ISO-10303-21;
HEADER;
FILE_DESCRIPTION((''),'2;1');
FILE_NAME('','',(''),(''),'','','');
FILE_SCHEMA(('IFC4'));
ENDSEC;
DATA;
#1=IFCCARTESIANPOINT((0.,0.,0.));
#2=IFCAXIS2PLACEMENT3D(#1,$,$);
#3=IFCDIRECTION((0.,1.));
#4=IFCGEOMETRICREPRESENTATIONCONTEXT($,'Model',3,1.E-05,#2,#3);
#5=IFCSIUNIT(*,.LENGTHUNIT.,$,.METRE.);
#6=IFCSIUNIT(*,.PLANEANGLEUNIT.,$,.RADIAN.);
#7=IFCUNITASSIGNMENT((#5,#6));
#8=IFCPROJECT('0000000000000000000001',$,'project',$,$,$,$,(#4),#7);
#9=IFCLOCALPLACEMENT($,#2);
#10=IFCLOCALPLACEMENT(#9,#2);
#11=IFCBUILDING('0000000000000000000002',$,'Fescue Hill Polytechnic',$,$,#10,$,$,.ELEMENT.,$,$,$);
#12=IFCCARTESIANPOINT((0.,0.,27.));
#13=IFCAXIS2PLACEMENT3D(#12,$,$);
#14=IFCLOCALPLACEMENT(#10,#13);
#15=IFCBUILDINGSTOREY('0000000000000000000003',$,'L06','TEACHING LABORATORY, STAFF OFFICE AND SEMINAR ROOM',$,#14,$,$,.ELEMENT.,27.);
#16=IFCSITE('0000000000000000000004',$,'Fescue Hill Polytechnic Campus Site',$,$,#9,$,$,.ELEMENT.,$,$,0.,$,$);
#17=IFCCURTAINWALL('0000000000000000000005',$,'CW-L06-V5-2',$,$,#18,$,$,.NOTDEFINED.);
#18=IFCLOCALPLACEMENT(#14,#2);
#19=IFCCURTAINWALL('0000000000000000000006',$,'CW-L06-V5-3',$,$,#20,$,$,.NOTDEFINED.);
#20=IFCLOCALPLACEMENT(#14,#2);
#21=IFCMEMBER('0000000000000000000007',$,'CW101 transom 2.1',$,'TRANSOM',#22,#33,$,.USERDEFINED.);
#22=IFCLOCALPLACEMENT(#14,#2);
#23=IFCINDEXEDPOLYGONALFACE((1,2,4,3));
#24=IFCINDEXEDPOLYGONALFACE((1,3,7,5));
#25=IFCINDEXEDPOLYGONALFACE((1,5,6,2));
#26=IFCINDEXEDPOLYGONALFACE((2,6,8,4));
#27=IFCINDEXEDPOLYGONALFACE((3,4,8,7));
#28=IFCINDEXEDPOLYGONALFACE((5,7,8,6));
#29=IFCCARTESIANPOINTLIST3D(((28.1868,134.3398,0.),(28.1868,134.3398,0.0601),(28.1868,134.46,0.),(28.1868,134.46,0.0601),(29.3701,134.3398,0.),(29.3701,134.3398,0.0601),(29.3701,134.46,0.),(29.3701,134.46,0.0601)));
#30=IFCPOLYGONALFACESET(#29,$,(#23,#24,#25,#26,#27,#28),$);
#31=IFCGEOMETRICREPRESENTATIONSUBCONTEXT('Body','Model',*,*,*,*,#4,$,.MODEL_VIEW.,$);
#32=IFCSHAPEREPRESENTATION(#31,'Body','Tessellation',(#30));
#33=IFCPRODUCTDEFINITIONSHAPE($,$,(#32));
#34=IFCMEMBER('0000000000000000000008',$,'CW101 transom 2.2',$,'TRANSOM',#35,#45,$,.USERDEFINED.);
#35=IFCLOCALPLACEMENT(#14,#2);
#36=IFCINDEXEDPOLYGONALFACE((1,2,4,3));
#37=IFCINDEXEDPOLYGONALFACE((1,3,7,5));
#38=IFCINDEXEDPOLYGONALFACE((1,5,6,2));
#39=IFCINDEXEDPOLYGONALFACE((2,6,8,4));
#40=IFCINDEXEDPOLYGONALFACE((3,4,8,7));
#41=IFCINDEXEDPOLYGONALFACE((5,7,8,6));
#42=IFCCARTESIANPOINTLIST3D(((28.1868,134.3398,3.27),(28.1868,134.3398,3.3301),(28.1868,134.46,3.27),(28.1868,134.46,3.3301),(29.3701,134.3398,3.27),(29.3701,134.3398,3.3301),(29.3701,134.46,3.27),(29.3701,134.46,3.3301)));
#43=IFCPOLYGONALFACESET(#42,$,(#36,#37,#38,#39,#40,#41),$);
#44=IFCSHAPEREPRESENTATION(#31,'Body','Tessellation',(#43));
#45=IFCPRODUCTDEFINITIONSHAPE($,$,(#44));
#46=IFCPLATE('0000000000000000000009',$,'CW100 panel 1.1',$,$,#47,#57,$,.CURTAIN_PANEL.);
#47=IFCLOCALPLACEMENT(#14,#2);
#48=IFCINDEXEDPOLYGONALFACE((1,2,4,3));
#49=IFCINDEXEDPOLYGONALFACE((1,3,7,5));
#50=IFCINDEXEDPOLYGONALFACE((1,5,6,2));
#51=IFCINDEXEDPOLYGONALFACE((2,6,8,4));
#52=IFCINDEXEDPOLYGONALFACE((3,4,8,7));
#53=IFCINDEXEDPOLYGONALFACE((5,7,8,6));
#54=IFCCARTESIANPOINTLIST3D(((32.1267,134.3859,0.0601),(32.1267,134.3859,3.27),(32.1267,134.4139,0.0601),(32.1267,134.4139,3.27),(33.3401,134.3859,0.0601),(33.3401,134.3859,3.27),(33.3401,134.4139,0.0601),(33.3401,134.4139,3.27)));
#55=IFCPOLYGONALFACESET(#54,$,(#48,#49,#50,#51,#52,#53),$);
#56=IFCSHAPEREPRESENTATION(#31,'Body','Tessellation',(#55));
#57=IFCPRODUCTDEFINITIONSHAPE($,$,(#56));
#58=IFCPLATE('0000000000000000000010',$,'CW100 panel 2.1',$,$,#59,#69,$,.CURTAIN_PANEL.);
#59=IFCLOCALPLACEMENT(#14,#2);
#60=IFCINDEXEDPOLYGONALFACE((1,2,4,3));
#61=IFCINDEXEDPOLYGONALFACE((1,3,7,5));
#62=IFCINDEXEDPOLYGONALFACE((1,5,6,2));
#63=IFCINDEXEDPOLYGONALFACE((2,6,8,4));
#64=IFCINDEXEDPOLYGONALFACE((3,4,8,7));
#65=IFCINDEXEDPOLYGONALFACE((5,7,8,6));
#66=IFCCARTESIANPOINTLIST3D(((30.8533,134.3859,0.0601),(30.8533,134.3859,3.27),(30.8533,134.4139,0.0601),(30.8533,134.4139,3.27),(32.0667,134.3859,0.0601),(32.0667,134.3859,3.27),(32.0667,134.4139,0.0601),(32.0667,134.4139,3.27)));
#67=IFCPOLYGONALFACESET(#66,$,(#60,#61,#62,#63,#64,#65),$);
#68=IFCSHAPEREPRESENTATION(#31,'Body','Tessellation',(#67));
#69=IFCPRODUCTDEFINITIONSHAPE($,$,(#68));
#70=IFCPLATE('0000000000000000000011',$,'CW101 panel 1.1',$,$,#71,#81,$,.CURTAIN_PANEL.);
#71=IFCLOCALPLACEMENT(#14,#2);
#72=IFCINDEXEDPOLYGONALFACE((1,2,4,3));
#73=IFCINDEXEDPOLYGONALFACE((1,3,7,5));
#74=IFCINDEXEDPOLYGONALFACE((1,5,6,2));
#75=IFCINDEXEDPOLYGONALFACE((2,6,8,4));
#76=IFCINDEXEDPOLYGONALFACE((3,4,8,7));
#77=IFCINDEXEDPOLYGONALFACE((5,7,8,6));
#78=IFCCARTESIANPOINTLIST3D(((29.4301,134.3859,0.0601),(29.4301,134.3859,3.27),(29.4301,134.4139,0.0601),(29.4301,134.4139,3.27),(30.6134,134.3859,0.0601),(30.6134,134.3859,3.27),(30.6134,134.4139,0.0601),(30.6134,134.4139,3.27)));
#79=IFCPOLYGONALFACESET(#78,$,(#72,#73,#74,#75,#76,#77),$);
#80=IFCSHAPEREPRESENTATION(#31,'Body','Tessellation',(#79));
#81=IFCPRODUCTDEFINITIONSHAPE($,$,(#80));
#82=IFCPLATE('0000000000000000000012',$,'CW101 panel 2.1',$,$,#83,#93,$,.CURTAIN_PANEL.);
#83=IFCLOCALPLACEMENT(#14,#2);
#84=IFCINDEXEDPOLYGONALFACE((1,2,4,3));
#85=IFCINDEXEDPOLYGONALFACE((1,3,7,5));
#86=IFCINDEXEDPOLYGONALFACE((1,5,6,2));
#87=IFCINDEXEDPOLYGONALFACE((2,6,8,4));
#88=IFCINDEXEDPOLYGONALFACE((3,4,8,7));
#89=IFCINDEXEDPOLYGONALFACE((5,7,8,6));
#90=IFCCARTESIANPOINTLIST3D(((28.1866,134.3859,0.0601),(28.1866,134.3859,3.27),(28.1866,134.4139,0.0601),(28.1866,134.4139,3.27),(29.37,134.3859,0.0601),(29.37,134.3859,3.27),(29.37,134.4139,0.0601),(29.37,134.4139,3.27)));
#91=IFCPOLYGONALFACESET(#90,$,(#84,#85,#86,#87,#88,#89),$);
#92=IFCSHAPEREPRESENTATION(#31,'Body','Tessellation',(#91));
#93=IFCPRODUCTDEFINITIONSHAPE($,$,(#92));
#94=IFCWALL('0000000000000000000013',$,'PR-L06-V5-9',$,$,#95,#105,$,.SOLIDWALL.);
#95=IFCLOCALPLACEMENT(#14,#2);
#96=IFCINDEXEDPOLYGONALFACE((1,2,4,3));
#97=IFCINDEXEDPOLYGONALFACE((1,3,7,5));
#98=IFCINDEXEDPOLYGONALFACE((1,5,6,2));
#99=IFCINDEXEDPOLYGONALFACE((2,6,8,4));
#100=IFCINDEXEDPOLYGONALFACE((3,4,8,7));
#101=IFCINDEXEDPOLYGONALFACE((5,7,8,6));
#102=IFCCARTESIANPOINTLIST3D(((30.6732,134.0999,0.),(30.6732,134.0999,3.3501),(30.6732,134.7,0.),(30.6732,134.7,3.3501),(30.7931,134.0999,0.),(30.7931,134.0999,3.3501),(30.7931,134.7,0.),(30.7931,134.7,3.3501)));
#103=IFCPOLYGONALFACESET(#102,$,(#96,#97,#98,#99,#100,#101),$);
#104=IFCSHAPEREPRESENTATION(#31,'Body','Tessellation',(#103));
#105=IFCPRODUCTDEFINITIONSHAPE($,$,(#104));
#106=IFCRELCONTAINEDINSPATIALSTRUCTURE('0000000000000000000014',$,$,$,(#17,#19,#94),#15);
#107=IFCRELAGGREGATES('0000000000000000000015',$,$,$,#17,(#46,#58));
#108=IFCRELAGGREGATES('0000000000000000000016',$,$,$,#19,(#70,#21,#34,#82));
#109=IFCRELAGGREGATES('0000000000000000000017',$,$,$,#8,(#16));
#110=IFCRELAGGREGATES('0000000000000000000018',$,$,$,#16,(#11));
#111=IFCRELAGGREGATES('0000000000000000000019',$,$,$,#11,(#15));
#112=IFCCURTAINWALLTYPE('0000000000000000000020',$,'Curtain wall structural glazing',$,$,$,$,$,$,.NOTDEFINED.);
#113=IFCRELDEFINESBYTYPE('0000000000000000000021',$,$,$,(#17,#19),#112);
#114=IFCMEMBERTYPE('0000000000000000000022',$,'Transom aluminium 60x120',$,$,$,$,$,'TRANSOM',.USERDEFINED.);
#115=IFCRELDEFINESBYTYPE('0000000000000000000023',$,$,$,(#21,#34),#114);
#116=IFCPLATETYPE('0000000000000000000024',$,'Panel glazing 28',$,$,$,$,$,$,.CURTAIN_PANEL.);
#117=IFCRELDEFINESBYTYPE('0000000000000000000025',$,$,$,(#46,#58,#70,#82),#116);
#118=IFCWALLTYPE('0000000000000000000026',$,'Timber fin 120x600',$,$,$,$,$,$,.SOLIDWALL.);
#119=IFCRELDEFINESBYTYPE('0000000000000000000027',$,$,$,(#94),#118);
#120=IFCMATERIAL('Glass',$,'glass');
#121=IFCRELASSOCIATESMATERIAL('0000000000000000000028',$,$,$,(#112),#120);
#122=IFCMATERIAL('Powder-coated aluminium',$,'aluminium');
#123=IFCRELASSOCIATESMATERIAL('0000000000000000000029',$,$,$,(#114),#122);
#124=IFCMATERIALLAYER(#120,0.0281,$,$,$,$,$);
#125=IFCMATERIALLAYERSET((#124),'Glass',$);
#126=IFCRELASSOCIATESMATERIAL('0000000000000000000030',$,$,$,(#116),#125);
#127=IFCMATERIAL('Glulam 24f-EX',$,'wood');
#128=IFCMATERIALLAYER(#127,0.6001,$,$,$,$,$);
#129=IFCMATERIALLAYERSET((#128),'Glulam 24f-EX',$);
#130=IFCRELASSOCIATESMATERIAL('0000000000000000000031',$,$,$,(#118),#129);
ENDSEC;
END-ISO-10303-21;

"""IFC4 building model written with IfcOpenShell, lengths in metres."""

from ifc_helpers import new_model, si_unit, direction, frame, frame_2d, origin, origin_2d, place, context, subcontext, project, spatial, rectangle, extrude, material, layer, layer_set, material_profile, profile_set, type_object, element, aggregate, save


model = new_model("IFC4")

# Units and contexts
model_context = context("Model", 3, precision=1e-05, world=origin(), true_north=direction((0.0, 1.0)))
body_context = subcontext(model_context, "Body", "Model", "MODEL_VIEW")
ifc_project = project(units=[si_unit("LENGTHUNIT", "METRE"), si_unit("PLANEANGLEUNIT", "RADIAN")], contexts=[model_context])

# Site, building, storey
site_placement = place(None, origin())
site = spatial("IfcSite", under=ifc_project, at=site_placement, Name="Fescue Hill Polytechnic Campus Site", CompositionType="ELEMENT", RefElevation=0.0)
building_placement = place(site_placement, origin())
building = spatial("IfcBuilding", under=site, at=building_placement, Name="Fescue Hill Polytechnic", CompositionType="ELEMENT")
storey_placement = place(building_placement, frame((0.0, 0.0, 27.0)))
storey = spatial("IfcBuildingStorey", under=building, at=storey_placement, Name="L06", Description="TEACHING LABORATORY, STAFF OFFICE AND SEMINAR ROOM", CompositionType="ELEMENT", Elevation=27.0)

# Curtain walls
ifc_material_1 = material(Name="Glass", Category="glass")
curtain_wall_type = type_object("IfcCurtainWallType", Name="Curtain wall structural glazing", PredefinedType="NOTDEFINED", material=ifc_material_1)
curtain_wall_1_placement = place(storey_placement, origin())
curtain_wall_1 = element("IfcCurtainWall", 1, at=curtain_wall_1_placement, inside=storey, type_object=curtain_wall_type, Name="CW-L06-V5-2", PredefinedType="NOTDEFINED")
ifc_material_2 = material(Name="Powder-coated aluminium", Category="aluminium")
curtain_wall_2_placement = place(storey_placement, origin())
curtain_wall_2 = element("IfcCurtainWall", 2, at=curtain_wall_2_placement, inside=storey, type_object=curtain_wall_type, Name="CW-L06-V5-3", PredefinedType="NOTDEFINED")

# Members
ifc_material_profile_1 = material_profile(ifc_material_2, rectangle(XDim=0.1201, YDim=0.0601, at=origin_2d()), Name="Transom aluminium 60x120")
ifc_profile_set_1 = profile_set([ifc_material_profile_1], Name="Powder-coated aluminium")
member_type_1 = type_object("IfcMemberType", Name="Transom aluminium 60x120", ElementType="TRANSOM", PredefinedType="USERDEFINED", material=ifc_profile_set_1)
member_1_placement = place(storey_placement, frame((29.3701, 134.3999, 0.03), z_axis=(-1.0, 0.0, 0.0), x_axis=(0.0, -1.0, 0.0)))
member_1 = element("IfcMember", 3, at=member_1_placement, type_object=member_type_1, Name="CW101 transom 2.1", ObjectType="TRANSOM", PredefinedType="USERDEFINED", context=body_context, shape_type="SweptSolid", body=[
    extrude(rectangle(XDim=0.1201, YDim=0.0601, at=origin_2d()), origin(), (0.0, 0.0, 1.0), 1.1833),
])
member_2_placement = place(storey_placement, frame((29.3701, 134.3999, 3.3), z_axis=(-1.0, 0.0, 0.0), x_axis=(0.0, -1.0, 0.0)))
member_2 = element("IfcMember", 4, at=member_2_placement, type_object=member_type_1, Name="CW101 transom 2.2", ObjectType="TRANSOM", PredefinedType="USERDEFINED", context=body_context, shape_type="SweptSolid", body=[
    extrude(rectangle(XDim=0.1201, YDim=0.0601, at=origin_2d()), origin(), (0.0, 0.0, 1.0), 1.1833),
])

# Plates
ifc_layer_1 = layer(ifc_material_1, 0.0281)
ifc_layer_set_1 = layer_set([ifc_layer_1], Name="Glass")
plate_type = type_object("IfcPlateType", Name="Panel glazing 28", PredefinedType="CURTAIN_PANEL", material=ifc_layer_set_1)
plate_1_placement = place(storey_placement, frame((32.7334, 134.3999, 0.0601), z_axis=(0.0, 0.0, 1.0), x_axis=(-1.0, 0.0, 0.0)))
plate_1 = element("IfcPlate", 5, at=plate_1_placement, type_object=plate_type, Name="CW100 panel 1.1", PredefinedType="CURTAIN_PANEL", context=body_context, shape_type="SweptSolid", body=[
    extrude(rectangle(XDim=1.2134, YDim=0.0281, at=origin_2d()), origin(), (0.0, 0.0, 1.0), 3.21),
])
plate_2_placement = place(storey_placement, frame((31.46, 134.3999, 0.0601), z_axis=(0.0, 0.0, 1.0), x_axis=(-1.0, 0.0, 0.0)))
plate_2 = element("IfcPlate", 6, at=plate_2_placement, type_object=plate_type, Name="CW100 panel 2.1", PredefinedType="CURTAIN_PANEL", context=body_context, shape_type="SweptSolid", body=[
    extrude(rectangle(XDim=1.2134, YDim=0.0281, at=origin_2d()), origin(), (0.0, 0.0, 1.0), 3.21),
])
aggregate(curtain_wall_1, [plate_1, plate_2])
plate_3_placement = place(storey_placement, frame((30.0217, 134.3999, 0.0601), z_axis=(0.0, 0.0, 1.0), x_axis=(-1.0, 0.0, 0.0)))
plate_3 = element("IfcPlate", 7, at=plate_3_placement, type_object=plate_type, Name="CW101 panel 1.1", PredefinedType="CURTAIN_PANEL", context=body_context, shape_type="SweptSolid", body=[
    extrude(rectangle(XDim=1.1833, YDim=0.0281, at=origin_2d()), origin(), (0.0, 0.0, 1.0), 3.21),
])
plate_4_placement = place(storey_placement, frame((28.7783, 134.3999, 0.0601), z_axis=(0.0, 0.0, 1.0), x_axis=(-1.0, 0.0, 0.0)))
plate_4 = element("IfcPlate", 8, at=plate_4_placement, type_object=plate_type, Name="CW101 panel 2.1", PredefinedType="CURTAIN_PANEL", context=body_context, shape_type="SweptSolid", body=[
    extrude(rectangle(XDim=1.1833, YDim=0.0281, at=origin_2d()), origin(), (0.0, 0.0, 1.0), 3.21),
])
aggregate(curtain_wall_2, [plate_3, member_1, member_2, plate_4])

# Wall
ifc_material_3 = material(Name="Glulam 24f-EX", Category="wood")
ifc_layer_2 = layer(ifc_material_3, 0.6001)
ifc_layer_set_2 = layer_set([ifc_layer_2], Name="Glulam 24f-EX")
wall_type = type_object("IfcWallType", Name="Timber fin 120x600", PredefinedType="SOLIDWALL", material=ifc_layer_set_2)
wall_placement = place(storey_placement, frame((30.7932, 134.3999, 0.0), z_axis=(0.0, 0.0, 1.0), x_axis=(-1.0, 0.0, 0.0)))
element("IfcWall", 9, at=wall_placement, inside=storey, type_object=wall_type, Name="PR-L06-V5-9", PredefinedType="SOLIDWALL", context=body_context, shape_type="SweptSolid", body=[
    extrude(rectangle(XDim=0.1199, YDim=0.6001, at=frame_2d((0.0601, 0.0))), origin(), (0.0, 0.0, 1.0), 3.3501),
])

save(model, "model.ifc")
